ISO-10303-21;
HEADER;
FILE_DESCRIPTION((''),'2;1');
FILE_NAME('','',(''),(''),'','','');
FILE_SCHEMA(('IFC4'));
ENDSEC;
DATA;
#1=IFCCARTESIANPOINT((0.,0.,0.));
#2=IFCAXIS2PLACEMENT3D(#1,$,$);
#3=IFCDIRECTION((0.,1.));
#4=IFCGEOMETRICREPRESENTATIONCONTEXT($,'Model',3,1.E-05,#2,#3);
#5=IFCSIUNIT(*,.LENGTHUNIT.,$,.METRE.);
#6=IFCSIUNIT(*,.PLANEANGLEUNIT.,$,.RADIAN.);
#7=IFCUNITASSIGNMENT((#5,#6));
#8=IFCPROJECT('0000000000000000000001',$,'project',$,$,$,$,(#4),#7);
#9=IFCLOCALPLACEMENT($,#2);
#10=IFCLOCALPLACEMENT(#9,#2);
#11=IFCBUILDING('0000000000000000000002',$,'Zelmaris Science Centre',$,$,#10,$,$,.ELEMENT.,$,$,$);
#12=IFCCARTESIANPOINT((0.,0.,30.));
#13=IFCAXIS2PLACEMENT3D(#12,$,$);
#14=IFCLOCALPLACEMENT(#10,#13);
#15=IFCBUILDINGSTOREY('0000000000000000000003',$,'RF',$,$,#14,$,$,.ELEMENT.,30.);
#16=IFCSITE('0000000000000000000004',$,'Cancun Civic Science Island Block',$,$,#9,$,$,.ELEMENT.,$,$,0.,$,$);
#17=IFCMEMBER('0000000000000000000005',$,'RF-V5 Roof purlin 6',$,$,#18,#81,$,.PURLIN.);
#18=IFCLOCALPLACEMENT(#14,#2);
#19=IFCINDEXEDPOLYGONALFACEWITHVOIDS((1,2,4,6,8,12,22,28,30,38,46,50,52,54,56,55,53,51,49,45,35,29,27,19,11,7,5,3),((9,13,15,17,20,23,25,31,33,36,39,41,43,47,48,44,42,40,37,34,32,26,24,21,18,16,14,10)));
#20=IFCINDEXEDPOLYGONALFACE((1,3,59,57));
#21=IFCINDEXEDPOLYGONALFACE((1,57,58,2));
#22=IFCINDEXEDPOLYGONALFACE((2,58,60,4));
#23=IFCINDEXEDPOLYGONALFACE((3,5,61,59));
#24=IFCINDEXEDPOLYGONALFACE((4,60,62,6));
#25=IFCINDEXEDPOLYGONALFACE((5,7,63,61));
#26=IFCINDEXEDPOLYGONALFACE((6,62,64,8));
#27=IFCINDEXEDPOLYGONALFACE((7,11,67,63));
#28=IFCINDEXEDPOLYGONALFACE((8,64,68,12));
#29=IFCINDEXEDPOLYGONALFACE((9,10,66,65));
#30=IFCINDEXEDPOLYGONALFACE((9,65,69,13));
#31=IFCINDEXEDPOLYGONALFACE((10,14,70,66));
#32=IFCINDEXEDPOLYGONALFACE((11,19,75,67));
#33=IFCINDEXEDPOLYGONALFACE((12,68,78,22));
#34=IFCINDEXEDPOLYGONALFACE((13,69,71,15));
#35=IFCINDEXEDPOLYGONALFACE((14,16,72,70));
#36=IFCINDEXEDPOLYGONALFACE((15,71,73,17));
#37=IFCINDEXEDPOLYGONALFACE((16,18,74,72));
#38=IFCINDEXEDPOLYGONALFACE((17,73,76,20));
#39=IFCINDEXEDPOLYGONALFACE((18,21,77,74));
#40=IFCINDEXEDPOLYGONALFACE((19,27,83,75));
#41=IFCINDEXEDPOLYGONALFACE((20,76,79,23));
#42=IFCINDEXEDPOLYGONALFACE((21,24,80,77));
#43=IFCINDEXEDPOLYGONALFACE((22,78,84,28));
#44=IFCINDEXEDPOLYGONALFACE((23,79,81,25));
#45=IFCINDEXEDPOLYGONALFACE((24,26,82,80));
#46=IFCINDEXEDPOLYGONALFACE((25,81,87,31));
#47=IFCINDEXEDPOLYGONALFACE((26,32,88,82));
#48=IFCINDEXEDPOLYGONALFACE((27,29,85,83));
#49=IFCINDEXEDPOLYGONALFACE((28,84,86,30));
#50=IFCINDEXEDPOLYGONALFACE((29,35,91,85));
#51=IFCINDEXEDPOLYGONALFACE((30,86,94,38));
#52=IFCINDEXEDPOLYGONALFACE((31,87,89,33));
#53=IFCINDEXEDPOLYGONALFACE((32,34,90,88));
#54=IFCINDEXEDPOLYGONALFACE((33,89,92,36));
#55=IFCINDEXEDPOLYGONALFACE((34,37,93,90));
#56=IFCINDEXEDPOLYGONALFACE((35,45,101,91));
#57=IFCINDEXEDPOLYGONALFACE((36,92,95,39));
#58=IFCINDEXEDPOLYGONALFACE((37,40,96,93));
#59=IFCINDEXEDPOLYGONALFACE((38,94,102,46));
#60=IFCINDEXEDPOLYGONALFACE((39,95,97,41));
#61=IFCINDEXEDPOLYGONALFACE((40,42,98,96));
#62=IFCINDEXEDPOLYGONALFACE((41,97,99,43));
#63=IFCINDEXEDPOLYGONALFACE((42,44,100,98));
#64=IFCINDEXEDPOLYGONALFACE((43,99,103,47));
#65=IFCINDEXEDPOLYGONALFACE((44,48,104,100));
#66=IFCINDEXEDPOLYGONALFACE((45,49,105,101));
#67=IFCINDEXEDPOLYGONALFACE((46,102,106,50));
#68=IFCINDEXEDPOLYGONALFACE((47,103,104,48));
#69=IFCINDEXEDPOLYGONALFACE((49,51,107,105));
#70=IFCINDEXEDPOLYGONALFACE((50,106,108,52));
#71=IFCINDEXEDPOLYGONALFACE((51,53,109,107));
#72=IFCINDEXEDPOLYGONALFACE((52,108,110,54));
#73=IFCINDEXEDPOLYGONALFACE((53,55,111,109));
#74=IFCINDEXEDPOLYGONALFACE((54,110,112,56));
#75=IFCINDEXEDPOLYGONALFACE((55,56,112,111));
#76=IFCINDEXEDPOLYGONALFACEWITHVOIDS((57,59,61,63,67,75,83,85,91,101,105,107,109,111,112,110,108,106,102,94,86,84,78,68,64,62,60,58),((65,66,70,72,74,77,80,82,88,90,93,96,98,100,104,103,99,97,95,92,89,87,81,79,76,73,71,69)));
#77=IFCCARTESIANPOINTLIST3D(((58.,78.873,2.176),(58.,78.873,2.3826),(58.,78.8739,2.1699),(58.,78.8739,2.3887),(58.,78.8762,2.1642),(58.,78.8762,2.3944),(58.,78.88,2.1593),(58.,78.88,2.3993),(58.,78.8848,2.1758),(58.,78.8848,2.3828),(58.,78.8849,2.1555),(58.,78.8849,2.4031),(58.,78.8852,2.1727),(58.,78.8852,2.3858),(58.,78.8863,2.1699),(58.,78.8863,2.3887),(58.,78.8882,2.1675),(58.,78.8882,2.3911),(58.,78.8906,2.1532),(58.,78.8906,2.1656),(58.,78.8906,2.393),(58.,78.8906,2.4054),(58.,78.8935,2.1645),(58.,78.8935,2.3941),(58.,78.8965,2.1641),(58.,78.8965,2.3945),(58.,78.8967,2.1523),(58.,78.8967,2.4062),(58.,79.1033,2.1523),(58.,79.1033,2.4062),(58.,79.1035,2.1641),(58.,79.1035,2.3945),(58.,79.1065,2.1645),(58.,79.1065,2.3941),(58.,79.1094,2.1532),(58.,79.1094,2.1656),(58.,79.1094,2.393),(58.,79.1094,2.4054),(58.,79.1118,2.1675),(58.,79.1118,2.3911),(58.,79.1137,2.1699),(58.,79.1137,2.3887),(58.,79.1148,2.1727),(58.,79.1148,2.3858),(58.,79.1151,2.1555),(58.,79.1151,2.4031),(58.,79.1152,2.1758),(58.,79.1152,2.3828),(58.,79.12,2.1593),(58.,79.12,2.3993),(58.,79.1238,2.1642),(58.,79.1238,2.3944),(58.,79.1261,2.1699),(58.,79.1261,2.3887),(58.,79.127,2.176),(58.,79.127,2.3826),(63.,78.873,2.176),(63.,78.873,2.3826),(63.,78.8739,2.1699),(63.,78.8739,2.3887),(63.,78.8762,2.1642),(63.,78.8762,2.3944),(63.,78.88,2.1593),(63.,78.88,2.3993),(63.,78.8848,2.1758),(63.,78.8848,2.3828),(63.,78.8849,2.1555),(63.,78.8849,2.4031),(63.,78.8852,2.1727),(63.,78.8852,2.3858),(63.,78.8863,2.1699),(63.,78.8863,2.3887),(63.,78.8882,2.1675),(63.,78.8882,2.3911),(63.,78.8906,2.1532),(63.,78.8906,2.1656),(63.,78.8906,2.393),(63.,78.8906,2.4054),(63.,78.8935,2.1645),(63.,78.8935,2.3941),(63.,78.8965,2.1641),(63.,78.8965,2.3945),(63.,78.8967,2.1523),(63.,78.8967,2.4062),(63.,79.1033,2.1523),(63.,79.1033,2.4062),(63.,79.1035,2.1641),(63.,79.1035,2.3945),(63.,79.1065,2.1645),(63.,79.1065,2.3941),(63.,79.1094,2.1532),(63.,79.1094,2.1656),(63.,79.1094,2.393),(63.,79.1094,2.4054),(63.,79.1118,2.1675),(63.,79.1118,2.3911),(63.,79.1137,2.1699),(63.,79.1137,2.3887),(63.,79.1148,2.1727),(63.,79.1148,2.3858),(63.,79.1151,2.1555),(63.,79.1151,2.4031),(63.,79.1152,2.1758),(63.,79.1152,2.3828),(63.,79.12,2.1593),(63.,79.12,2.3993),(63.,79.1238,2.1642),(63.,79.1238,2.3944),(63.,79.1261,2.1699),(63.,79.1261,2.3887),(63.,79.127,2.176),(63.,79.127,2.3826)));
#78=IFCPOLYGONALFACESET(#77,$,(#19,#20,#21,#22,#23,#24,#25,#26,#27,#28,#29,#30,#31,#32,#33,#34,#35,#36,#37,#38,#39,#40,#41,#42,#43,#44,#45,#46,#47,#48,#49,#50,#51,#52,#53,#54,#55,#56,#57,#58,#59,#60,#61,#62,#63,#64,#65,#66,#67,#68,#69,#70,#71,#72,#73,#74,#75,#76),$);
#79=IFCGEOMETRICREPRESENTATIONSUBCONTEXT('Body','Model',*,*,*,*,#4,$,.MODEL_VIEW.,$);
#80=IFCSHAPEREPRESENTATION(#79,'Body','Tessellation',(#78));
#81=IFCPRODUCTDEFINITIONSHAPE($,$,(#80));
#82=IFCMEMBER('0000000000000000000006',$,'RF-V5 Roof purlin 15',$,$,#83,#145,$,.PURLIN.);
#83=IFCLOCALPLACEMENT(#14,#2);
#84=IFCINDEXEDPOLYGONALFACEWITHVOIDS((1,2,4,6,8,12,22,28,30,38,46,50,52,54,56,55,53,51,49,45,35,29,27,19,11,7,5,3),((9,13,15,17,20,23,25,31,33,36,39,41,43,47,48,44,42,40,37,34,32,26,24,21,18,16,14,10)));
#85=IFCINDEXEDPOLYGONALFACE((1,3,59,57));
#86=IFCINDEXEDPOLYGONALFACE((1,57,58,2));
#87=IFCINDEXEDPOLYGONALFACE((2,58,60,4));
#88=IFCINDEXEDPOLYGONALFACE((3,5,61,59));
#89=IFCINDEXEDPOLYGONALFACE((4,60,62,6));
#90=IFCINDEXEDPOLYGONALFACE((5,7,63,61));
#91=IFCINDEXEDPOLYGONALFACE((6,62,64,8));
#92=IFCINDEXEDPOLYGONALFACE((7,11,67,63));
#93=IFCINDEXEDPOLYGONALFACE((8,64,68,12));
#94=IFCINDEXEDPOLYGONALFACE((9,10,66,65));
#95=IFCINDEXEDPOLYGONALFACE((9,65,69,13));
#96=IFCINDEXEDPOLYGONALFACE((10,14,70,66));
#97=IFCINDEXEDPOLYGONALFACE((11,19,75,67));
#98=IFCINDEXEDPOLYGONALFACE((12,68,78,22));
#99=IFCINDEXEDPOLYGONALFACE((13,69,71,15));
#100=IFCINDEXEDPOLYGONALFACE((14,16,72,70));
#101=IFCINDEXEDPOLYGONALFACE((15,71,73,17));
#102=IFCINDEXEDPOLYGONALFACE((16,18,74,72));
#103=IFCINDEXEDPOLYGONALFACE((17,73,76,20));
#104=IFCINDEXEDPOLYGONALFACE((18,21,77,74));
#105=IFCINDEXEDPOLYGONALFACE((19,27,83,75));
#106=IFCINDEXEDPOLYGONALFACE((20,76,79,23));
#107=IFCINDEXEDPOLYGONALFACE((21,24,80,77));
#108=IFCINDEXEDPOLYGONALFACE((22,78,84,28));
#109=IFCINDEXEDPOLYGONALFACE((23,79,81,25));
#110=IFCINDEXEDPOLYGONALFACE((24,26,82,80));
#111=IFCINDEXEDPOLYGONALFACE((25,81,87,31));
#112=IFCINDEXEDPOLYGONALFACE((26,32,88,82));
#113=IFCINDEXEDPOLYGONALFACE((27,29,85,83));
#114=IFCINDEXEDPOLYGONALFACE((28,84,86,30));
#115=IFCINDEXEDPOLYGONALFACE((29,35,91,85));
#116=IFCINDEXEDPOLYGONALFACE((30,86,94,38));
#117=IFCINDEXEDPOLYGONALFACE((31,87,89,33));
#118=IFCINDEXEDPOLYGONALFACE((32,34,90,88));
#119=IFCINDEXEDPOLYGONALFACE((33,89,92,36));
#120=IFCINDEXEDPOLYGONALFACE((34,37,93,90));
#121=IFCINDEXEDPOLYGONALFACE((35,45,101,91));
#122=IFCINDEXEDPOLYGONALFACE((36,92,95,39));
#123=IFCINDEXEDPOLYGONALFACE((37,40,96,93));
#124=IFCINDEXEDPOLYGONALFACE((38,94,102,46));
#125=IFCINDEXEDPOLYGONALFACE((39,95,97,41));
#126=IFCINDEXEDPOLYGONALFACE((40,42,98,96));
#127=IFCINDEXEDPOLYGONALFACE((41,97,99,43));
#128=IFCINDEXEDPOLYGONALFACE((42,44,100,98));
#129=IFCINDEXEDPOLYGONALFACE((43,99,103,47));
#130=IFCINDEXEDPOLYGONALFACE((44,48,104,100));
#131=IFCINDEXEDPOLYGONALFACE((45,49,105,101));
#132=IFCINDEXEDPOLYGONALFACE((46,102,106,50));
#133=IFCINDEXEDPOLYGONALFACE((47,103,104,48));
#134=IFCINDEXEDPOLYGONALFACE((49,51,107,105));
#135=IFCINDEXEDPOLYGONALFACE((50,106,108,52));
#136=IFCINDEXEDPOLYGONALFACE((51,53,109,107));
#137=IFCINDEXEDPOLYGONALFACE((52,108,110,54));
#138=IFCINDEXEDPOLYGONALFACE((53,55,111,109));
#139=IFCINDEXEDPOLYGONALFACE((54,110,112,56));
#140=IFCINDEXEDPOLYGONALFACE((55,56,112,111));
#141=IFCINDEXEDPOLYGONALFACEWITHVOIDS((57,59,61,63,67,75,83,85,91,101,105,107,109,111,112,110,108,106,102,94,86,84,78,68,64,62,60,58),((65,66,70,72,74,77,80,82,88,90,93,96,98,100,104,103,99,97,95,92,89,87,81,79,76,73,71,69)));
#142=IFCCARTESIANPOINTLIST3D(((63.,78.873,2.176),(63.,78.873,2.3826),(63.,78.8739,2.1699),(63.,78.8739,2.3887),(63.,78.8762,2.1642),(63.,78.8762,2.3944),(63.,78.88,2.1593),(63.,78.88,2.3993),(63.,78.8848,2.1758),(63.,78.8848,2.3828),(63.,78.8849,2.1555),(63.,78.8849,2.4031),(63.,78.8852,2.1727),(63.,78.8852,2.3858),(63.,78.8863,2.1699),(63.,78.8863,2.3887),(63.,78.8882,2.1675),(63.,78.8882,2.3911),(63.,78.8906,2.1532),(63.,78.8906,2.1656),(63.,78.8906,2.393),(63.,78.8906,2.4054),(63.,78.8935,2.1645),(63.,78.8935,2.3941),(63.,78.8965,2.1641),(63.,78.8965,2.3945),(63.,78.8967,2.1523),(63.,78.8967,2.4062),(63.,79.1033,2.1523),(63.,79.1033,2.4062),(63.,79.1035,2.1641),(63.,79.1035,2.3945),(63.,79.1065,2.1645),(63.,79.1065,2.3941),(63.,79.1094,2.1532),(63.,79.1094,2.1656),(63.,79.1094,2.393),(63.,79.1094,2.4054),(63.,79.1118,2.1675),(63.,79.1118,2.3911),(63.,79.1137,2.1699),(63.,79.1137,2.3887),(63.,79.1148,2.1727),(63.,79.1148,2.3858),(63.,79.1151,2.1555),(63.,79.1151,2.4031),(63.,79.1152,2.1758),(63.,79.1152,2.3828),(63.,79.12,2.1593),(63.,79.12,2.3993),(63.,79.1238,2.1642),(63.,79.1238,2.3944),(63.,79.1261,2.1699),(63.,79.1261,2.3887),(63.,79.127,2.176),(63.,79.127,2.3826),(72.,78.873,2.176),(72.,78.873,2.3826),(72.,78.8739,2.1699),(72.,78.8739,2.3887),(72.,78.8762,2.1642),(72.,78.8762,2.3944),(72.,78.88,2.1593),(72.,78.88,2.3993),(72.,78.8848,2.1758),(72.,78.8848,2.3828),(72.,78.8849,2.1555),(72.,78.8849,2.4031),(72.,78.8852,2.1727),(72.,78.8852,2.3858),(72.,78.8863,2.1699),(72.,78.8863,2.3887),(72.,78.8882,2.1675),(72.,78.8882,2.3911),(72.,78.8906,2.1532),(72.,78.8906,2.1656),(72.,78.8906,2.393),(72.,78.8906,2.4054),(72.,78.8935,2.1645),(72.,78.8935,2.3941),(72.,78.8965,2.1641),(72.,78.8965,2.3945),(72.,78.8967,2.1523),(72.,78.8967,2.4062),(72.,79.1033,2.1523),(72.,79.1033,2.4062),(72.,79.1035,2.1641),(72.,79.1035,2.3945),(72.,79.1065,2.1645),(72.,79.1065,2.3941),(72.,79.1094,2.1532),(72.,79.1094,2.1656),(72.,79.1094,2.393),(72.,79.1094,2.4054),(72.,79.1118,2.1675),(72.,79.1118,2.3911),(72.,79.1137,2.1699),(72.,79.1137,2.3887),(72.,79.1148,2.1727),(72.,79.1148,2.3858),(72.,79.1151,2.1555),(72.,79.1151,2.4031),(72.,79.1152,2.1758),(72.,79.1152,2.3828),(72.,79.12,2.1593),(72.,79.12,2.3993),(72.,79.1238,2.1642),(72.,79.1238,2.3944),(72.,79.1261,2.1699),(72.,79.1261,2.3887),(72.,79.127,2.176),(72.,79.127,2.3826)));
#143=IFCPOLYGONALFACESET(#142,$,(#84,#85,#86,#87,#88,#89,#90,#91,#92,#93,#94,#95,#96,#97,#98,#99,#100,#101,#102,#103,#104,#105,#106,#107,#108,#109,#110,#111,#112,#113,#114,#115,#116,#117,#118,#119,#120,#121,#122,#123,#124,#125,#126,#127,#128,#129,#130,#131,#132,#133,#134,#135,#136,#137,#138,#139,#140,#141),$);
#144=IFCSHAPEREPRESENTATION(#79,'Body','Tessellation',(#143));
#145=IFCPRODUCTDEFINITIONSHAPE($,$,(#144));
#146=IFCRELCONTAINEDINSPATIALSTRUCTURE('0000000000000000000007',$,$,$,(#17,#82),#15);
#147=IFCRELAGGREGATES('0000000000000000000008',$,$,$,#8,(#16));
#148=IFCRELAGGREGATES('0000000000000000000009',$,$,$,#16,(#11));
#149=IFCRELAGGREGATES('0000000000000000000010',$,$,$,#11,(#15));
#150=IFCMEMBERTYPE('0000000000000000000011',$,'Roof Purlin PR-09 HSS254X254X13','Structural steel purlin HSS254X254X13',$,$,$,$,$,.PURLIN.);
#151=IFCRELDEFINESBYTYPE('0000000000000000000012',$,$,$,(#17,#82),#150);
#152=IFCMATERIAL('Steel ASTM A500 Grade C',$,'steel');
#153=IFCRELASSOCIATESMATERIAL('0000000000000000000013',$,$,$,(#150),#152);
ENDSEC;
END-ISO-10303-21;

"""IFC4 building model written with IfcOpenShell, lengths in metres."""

from ifc_helpers import new_model, si_unit, direction, frame, origin, origin_2d, place, context, subcontext, project, spatial, hollow_rectangle, extrude, material, material_profile, profile_set, type_object, element, save


model = new_model("IFC4")

# Units and contexts
model_context = context("Model", 3, precision=1e-05, world=origin(), true_north=direction((0.0, 1.0)))
body_context = subcontext(model_context, "Body", "Model", "MODEL_VIEW")
ifc_project = project(units=[si_unit("LENGTHUNIT", "METRE"), si_unit("PLANEANGLEUNIT", "RADIAN")], contexts=[model_context])

# Site, building, storey
site_placement = place(None, origin())
site = spatial("IfcSite", under=ifc_project, at=site_placement, Name="Cancun Civic Science Island Block", CompositionType="ELEMENT", RefElevation=0.0)
building_placement = place(site_placement, origin())
building = spatial("IfcBuilding", under=site, at=building_placement, Name="Zelmaris Science Centre", CompositionType="ELEMENT")
storey_placement = place(building_placement, frame((0.0, 0.0, 30.0)))
storey = spatial("IfcBuildingStorey", under=building, at=storey_placement, Name="RF", CompositionType="ELEMENT", Elevation=30.0)

# Shared definitions
ifc_material = material(Name="Steel ASTM A500 Grade C", Category="steel")

# Members
ifc_material_profile_1 = material_profile(ifc_material, hollow_rectangle(XDim=0.2539, YDim=0.2539, WallThickness=0.0117, InnerFilletRadius=0.0117, OuterFilletRadius=0.0237, at=origin_2d()), Name="HSS254X254X13")
ifc_profile_set_1 = profile_set([ifc_material_profile_1], Name="Steel ASTM A500 Grade C")
member_type_1 = type_object("IfcMemberType", Name="Roof Purlin PR-09 HSS254X254X13", Description="Structural steel purlin HSS254X254X13", PredefinedType="PURLIN", material=ifc_profile_set_1)
member_1_placement = place(storey_placement, frame((58.0, 79.0, 2.2793), z_axis=(1.0, 0.0, 0.0), x_axis=(0.0, 1.0, 0.0)))
element("IfcMember", 1, at=member_1_placement, inside=storey, type_object=member_type_1, Name="RF-V5 Roof purlin 6", PredefinedType="PURLIN", context=body_context, shape_type="SweptSolid", body=[
    extrude(hollow_rectangle(XDim=0.2539, YDim=0.2539, WallThickness=0.0117, InnerFilletRadius=0.0117, OuterFilletRadius=0.0237, at=origin_2d()), origin(), (0.0, 0.0, 1.0), 5.0),
])
member_2_placement = place(storey_placement, frame((63.0, 79.0, 2.2793), z_axis=(1.0, 0.0, 0.0), x_axis=(0.0, 1.0, 0.0)))
element("IfcMember", 2, at=member_2_placement, inside=storey, type_object=member_type_1, Name="RF-V5 Roof purlin 15", PredefinedType="PURLIN", context=body_context, shape_type="SweptSolid", body=[
    extrude(hollow_rectangle(XDim=0.2539, YDim=0.2539, WallThickness=0.0117, InnerFilletRadius=0.0117, OuterFilletRadius=0.0237, at=origin_2d()), origin(), (0.0, 0.0, 1.0), 9.0),
])

save(model, "model.ifc")
